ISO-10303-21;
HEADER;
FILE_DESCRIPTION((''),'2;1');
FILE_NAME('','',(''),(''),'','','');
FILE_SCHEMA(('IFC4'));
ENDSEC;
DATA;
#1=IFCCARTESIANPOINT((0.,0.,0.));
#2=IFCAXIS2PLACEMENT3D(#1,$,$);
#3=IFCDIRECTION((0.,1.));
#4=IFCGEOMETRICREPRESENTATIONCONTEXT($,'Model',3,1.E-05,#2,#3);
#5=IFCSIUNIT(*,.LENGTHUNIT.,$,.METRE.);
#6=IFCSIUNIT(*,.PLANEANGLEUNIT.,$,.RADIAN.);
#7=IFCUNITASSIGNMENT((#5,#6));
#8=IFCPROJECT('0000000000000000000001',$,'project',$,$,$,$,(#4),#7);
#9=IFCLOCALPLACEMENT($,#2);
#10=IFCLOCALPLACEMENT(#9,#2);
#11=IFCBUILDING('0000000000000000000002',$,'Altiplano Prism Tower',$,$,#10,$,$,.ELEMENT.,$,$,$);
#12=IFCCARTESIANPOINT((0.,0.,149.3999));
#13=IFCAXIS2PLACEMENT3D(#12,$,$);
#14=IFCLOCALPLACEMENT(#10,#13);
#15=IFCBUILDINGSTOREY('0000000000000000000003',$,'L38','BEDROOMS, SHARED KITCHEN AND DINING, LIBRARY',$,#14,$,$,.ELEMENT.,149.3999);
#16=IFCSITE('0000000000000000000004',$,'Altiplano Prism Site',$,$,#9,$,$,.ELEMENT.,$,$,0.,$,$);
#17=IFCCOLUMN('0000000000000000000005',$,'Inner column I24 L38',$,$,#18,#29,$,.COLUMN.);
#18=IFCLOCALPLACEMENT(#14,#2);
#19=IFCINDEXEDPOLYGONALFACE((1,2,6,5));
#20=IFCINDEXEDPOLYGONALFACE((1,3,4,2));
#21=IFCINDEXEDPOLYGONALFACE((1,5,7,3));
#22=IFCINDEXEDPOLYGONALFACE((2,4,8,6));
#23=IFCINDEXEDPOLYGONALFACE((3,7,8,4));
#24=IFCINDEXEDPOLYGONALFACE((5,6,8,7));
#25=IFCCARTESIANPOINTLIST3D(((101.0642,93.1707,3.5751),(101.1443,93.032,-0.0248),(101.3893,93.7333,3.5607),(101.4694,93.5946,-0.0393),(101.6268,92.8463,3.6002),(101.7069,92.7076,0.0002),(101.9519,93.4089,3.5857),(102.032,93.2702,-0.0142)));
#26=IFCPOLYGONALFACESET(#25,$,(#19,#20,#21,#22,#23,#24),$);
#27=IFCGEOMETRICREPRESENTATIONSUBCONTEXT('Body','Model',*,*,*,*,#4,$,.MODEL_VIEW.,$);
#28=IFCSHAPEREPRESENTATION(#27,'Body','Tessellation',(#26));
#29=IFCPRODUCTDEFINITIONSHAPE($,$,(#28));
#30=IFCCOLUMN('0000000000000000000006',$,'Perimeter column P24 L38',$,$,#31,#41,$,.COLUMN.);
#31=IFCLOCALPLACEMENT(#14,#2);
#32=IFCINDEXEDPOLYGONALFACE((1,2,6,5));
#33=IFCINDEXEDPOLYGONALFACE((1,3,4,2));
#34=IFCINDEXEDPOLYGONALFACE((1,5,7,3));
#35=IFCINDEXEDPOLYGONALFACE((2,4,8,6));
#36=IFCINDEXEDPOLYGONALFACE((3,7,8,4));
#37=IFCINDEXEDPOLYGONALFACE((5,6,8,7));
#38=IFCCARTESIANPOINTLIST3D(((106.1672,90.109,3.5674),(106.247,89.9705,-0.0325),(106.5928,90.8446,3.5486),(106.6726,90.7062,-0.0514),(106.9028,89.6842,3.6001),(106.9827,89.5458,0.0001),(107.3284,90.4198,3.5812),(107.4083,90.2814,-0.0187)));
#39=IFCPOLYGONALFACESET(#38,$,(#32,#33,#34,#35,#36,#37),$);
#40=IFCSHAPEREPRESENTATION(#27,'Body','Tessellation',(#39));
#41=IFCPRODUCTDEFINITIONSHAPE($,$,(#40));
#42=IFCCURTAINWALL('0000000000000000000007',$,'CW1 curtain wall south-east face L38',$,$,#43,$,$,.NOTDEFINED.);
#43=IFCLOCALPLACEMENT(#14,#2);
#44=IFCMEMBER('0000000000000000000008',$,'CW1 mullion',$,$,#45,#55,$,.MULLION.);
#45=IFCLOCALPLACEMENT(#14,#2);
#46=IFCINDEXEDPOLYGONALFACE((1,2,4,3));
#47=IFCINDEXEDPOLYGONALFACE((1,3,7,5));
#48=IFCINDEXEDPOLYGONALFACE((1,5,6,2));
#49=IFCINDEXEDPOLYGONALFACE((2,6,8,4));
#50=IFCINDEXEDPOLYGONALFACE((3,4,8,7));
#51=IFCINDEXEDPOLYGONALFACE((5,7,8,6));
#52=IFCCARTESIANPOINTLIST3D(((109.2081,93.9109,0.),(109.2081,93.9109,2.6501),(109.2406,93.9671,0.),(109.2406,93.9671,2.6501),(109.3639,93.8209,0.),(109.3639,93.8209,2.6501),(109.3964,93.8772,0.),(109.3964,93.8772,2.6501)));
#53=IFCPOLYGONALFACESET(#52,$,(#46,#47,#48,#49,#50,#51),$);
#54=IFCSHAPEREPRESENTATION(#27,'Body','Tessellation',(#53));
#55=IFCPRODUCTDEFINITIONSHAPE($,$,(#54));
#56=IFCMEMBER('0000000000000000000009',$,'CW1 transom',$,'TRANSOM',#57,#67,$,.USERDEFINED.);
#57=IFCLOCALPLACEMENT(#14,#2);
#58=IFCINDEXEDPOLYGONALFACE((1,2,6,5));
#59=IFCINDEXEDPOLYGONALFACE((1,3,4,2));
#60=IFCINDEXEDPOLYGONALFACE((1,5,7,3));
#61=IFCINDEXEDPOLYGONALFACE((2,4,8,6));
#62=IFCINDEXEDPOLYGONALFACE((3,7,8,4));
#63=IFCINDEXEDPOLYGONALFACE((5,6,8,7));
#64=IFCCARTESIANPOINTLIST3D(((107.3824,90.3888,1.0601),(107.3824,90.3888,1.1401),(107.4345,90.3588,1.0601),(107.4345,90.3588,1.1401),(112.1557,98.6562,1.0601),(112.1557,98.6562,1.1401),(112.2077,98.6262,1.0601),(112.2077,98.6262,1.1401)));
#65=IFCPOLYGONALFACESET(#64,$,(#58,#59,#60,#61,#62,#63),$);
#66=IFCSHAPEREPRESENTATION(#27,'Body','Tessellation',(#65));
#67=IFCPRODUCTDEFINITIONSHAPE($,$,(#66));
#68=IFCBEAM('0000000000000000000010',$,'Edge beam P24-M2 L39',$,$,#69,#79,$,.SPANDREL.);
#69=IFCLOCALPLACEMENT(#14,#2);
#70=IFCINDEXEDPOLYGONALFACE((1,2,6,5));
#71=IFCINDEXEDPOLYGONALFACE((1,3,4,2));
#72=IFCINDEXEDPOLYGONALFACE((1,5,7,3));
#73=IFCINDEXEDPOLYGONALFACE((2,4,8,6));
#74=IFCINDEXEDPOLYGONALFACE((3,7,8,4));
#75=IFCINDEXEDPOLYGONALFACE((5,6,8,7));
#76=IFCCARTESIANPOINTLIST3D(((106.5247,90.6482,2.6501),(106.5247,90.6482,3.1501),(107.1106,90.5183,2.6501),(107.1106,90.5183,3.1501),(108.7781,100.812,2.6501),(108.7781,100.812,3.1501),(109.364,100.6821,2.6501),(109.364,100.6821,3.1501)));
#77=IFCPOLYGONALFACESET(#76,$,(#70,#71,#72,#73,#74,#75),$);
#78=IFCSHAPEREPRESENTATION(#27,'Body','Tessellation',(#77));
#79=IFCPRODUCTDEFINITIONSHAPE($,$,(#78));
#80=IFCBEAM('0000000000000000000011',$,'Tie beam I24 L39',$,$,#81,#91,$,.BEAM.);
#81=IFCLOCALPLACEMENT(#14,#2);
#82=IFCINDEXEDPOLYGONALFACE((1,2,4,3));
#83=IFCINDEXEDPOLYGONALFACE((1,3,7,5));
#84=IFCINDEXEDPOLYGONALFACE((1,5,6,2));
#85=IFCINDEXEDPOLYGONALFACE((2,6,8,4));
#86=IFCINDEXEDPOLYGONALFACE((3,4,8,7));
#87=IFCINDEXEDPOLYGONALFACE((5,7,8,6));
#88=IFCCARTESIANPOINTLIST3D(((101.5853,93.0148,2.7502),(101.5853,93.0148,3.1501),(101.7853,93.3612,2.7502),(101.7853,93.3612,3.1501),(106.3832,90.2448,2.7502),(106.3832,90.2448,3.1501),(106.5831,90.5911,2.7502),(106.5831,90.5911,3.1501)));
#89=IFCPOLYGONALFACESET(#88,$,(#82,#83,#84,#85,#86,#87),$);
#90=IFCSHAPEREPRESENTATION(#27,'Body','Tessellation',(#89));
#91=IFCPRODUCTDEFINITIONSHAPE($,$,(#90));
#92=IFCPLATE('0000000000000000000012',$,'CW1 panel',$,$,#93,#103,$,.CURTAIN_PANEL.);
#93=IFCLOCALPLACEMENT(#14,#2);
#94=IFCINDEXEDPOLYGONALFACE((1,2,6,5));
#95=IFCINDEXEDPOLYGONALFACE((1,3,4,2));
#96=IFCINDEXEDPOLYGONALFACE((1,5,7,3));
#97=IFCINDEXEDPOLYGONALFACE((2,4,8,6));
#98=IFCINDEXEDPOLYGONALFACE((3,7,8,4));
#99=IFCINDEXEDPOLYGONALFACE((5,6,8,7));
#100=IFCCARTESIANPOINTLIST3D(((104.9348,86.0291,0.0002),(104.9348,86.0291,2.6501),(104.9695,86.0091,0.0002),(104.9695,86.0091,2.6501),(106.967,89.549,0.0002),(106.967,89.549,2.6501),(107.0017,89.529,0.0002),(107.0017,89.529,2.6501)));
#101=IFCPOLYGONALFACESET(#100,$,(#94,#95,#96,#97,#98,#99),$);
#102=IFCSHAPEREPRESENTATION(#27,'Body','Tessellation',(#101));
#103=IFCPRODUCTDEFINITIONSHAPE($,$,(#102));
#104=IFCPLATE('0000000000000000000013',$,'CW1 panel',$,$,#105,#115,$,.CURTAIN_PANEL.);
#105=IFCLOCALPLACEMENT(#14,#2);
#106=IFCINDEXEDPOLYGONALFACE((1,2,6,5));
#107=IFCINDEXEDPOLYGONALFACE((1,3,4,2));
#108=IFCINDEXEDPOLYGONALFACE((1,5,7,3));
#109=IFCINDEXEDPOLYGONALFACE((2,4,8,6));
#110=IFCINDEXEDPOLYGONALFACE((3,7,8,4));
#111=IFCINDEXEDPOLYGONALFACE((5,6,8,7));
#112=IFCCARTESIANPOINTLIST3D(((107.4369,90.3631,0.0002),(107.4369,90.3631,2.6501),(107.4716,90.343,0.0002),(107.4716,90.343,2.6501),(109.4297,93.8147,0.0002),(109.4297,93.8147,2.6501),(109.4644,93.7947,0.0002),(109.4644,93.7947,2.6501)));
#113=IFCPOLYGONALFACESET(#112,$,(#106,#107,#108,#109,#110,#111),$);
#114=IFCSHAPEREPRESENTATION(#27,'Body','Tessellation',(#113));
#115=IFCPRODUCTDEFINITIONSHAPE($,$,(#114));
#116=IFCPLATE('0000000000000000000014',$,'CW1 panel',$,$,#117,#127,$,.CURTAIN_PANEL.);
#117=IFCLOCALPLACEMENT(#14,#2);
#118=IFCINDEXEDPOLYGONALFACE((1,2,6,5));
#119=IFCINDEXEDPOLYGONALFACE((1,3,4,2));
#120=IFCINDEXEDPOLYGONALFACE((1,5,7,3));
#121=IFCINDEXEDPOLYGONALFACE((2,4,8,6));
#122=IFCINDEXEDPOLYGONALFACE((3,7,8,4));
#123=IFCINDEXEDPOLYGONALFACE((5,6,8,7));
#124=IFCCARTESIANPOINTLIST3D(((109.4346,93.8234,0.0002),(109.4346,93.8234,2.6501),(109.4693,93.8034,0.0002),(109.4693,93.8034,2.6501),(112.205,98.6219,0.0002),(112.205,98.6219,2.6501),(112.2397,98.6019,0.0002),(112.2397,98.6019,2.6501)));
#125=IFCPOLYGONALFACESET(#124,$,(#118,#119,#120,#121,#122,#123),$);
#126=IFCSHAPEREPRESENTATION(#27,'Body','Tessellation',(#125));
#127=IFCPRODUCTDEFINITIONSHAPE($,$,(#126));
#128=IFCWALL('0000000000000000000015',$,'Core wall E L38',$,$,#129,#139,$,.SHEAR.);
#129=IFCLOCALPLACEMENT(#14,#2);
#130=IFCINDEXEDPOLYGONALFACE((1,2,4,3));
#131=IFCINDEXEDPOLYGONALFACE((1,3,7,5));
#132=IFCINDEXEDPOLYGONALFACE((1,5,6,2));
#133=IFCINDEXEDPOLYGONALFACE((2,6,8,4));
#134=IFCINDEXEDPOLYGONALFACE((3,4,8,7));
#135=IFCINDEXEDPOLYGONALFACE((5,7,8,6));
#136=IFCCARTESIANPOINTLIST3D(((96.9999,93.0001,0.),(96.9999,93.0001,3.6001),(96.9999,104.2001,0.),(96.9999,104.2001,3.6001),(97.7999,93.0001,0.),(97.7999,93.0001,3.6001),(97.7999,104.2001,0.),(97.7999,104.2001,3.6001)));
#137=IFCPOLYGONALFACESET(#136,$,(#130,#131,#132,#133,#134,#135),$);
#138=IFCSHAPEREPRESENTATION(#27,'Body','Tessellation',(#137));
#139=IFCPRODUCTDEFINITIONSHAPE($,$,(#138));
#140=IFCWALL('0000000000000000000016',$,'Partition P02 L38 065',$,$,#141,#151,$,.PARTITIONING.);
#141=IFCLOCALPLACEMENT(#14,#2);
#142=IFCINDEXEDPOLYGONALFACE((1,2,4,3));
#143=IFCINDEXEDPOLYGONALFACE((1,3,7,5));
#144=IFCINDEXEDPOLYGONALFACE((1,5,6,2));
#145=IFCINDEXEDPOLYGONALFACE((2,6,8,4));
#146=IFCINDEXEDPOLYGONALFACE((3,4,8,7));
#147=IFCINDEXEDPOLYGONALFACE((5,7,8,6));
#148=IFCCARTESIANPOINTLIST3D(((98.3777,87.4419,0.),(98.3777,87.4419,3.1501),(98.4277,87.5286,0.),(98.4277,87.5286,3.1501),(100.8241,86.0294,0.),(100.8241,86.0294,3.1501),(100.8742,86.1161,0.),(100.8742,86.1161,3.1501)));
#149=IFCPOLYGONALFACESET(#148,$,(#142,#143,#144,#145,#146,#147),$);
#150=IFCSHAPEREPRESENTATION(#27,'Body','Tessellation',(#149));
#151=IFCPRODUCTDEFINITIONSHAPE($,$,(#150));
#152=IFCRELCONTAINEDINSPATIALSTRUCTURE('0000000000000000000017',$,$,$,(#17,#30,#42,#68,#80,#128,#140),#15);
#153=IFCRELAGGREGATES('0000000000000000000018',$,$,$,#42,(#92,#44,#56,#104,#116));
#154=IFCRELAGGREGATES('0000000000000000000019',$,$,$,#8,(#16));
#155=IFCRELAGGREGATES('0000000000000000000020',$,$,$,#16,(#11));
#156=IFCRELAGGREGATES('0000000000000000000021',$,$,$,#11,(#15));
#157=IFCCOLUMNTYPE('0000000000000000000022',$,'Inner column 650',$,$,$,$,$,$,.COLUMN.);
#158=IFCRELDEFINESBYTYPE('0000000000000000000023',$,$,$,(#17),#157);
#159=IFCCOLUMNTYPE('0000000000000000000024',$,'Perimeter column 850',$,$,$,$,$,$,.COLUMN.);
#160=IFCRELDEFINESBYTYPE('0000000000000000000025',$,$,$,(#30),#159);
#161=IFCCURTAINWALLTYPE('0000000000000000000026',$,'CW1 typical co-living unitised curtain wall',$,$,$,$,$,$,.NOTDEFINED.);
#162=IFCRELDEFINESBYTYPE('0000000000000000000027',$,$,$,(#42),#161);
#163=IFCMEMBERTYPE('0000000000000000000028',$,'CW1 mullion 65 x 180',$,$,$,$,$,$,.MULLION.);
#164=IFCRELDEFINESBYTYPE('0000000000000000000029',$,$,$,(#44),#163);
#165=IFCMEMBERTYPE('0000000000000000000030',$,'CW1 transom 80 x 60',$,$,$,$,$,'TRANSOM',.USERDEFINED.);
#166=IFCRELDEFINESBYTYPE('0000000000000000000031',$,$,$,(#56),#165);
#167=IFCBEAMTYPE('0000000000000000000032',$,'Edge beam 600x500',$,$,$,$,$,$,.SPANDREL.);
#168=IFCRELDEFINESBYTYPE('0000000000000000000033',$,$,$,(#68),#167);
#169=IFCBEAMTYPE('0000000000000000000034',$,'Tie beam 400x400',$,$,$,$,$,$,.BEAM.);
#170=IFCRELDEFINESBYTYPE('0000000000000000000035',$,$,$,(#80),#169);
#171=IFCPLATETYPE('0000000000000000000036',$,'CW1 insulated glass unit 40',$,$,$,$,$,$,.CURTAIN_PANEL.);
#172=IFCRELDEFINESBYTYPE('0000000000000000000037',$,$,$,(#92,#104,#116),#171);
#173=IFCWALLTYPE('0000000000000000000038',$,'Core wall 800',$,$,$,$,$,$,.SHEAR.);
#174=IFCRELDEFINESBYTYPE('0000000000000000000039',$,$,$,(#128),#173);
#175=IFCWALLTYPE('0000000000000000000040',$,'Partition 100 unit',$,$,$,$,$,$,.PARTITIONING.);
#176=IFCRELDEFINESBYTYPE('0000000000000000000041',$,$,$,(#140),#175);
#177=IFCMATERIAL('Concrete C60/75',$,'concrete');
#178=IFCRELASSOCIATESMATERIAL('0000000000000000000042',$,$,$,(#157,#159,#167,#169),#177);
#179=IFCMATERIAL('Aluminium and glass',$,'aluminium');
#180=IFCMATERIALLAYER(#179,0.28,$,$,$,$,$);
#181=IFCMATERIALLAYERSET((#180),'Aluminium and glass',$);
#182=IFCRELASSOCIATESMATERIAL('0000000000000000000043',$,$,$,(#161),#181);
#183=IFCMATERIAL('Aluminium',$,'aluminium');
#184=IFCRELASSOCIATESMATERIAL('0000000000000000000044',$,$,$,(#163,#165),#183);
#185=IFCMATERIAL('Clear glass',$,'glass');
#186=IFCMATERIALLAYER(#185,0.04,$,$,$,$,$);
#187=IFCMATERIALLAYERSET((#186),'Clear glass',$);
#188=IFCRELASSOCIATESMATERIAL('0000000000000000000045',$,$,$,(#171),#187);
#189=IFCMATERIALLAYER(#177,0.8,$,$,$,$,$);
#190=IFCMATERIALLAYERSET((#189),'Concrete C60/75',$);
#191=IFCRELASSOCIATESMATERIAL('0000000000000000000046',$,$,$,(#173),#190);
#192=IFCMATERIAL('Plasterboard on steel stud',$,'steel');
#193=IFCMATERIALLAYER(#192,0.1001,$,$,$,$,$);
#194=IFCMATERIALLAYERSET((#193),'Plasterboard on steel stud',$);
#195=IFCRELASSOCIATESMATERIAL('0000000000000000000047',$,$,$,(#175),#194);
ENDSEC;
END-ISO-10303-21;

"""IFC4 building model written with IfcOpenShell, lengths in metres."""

from ifc_helpers import new_model, si_unit, direction, frame, frame_2d, origin, origin_2d, place, context, subcontext, project, spatial, rectangle, extrude, material, layer, layer_set, material_profile, profile_set, type_object, element, aggregate, save


model = new_model("IFC4")

# Units and contexts
model_context = context("Model", 3, precision=1e-05, world=origin(), true_north=direction((0.0, 1.0)))
body_context = subcontext(model_context, "Body", "Model", "MODEL_VIEW")
ifc_project = project(units=[si_unit("LENGTHUNIT", "METRE"), si_unit("PLANEANGLEUNIT", "RADIAN")], contexts=[model_context])

# Site, building, storey
site_placement = place(None, origin())
site = spatial("IfcSite", under=ifc_project, at=site_placement, Name="Altiplano Prism Site", CompositionType="ELEMENT", RefElevation=0.0)
building_placement = place(site_placement, origin())
building = spatial("IfcBuilding", under=site, at=building_placement, Name="Altiplano Prism Tower", CompositionType="ELEMENT")
storey_placement = place(building_placement, frame((0.0, 0.0, 149.3999)))
storey = spatial("IfcBuildingStorey", under=building, at=storey_placement, Name="L38", Description="BEDROOMS, SHARED KITCHEN AND DINING, LIBRARY", CompositionType="ELEMENT", Elevation=149.3999)

# Columns
ifc_material_1 = material(Name="Concrete C60/75", Category="concrete")
ifc_material_profile_1 = material_profile(ifc_material_1, rectangle(XDim=0.6499, YDim=0.6499, at=origin_2d()), Name="Inner column 650")
ifc_profile_set_1 = profile_set([ifc_material_profile_1], Name="Concrete C60/75")
column_type_1 = type_object("IfcColumnType", Name="Inner column 650", PredefinedType="COLUMN", material=ifc_profile_set_1)
column_1_placement = place(storey_placement, frame((101.5881, 93.1511, -0.0195), z_axis=(-0.022223, 0.038483, 0.999012), x_axis=(-0.500175, -0.865639, 0.022219)))
element("IfcColumn", 1, at=column_1_placement, inside=storey, type_object=column_type_1, Name="Inner column I24 L38", PredefinedType="COLUMN", context=body_context, shape_type="SweptSolid", body=[
    extrude(rectangle(XDim=0.6499, YDim=0.6499, at=origin_2d()), origin(), (0.0, 0.0, 1.0), 3.6035),
])
ifc_material_profile_2 = material_profile(ifc_material_1, rectangle(XDim=0.8501, YDim=0.8501, at=origin_2d()), Name="Perimeter column 850")
ifc_profile_set_2 = profile_set([ifc_material_profile_2], Name="Concrete C60/75")
column_type_2 = type_object("IfcColumnType", Name="Perimeter column 850", PredefinedType="COLUMN", material=ifc_profile_set_2)
column_2_placement = place(storey_placement, frame((106.8276, 90.126, -0.0256), z_axis=(-0.022155, 0.038416, 0.999016), x_axis=(-0.500657, -0.865361, 0.022173)))
element("IfcColumn", 2, at=column_2_placement, inside=storey, type_object=column_type_2, Name="Perimeter column P24 L38", PredefinedType="COLUMN", context=body_context, shape_type="SweptSolid", body=[
    extrude(rectangle(XDim=0.8501, YDim=0.8501, at=origin_2d()), origin(), (0.0, 0.0, 1.0), 3.6035),
])

# Curtain wall, members
ifc_material_2 = material(Name="Aluminium and glass", Category="aluminium")
ifc_layer_1 = layer(ifc_material_2, 0.28)
ifc_layer_set_1 = layer_set([ifc_layer_1], Name="Aluminium and glass")
curtain_wall_type = type_object("IfcCurtainWallType", Name="CW1 typical co-living unitised curtain wall", PredefinedType="NOTDEFINED", material=ifc_layer_set_1)
curtain_wall_placement = place(storey_placement, origin())
curtain_wall = element("IfcCurtainWall", 3, at=curtain_wall_placement, inside=storey, type_object=curtain_wall_type, Name="CW1 curtain wall south-east face L38", PredefinedType="NOTDEFINED")
ifc_material_3 = material(Name="Aluminium", Category="aluminium")
ifc_material_profile_3 = material_profile(ifc_material_3, rectangle(XDim=0.1799, YDim=0.0649, at=origin_2d()), Name="CW1 mullion 65 x 180")
ifc_profile_set_3 = profile_set([ifc_material_profile_3], Name="Aluminium")
member_type_1 = type_object("IfcMemberType", Name="CW1 mullion 65 x 180", PredefinedType="MULLION", material=ifc_profile_set_3)
member_1_placement = place(storey_placement, frame((109.3022, 93.894, 0.0), z_axis=(0.0, 0.0, 1.0), x_axis=(-0.866025, 0.5, 0.0)))
member_1 = element("IfcMember", 4, at=member_1_placement, type_object=member_type_1, Name="CW1 mullion", PredefinedType="MULLION", context=body_context, shape_type="SweptSolid", body=[
    extrude(rectangle(XDim=0.1799, YDim=0.0649, at=origin_2d()), origin(), (0.0, 0.0, 1.0), 2.6501),
])
ifc_material_profile_4 = material_profile(ifc_material_3, rectangle(XDim=0.0601, YDim=0.0801, at=origin_2d()), Name="CW1 transom 80 x 60")
ifc_profile_set_4 = profile_set([ifc_material_profile_4], Name="Aluminium")
member_type_2 = type_object("IfcMemberType", Name="CW1 transom 80 x 60", ElementType="TRANSOM", PredefinedType="USERDEFINED", material=ifc_profile_set_4)
member_2_placement = place(storey_placement, frame((107.4084, 90.3738, 1.1001), z_axis=(0.500004, 0.866023, 0.0), x_axis=(-0.866023, 0.500004, 0.0)))
member_2 = element("IfcMember", 5, at=member_2_placement, type_object=member_type_2, Name="CW1 transom", ObjectType="TRANSOM", PredefinedType="USERDEFINED", context=body_context, shape_type="SweptSolid", body=[
    extrude(rectangle(XDim=0.0601, YDim=0.0801, at=origin_2d()), origin(), (0.0, 0.0, 1.0), 9.5464),
])

# Beams
ifc_material_profile_5 = material_profile(ifc_material_1, rectangle(XDim=0.6001, YDim=0.5, at=origin_2d()), Name="Edge beam 600x500")
ifc_profile_set_5 = profile_set([ifc_material_profile_5], Name="Concrete C60/75")
beam_type_1 = type_object("IfcBeamType", Name="Edge beam 600x500", PredefinedType="SPANDREL", material=ifc_profile_set_5)
beam_1_placement = place(storey_placement, frame((106.8176, 90.5833, 2.9001), z_axis=(0.216454, 0.976293, 0.0), x_axis=(-0.976293, 0.216454, 0.0)))
element("IfcBeam", 6, at=beam_1_placement, inside=storey, type_object=beam_type_1, Name="Edge beam P24-M2 L39", PredefinedType="SPANDREL", context=body_context, shape_type="SweptSolid", body=[
    extrude(rectangle(XDim=0.6001, YDim=0.5, at=origin_2d()), origin(), (0.0, 0.0, 1.0), 10.4106),
])
ifc_material_profile_6 = material_profile(ifc_material_1, rectangle(XDim=0.3999, YDim=0.3999, at=origin_2d()), Name="Tie beam 400x400")
ifc_profile_set_6 = profile_set([ifc_material_profile_6], Name="Concrete C60/75")
beam_type_2 = type_object("IfcBeamType", Name="Tie beam 400x400", PredefinedType="BEAM", material=ifc_profile_set_6)
beam_2_placement = place(storey_placement, frame((101.6853, 93.188, 2.9502), z_axis=(0.866027, -0.499997, 0.0), x_axis=(0.499997, 0.866027, 0.0)))
element("IfcBeam", 7, at=beam_2_placement, inside=storey, type_object=beam_type_2, Name="Tie beam I24 L39", PredefinedType="BEAM", context=body_context, shape_type="SweptSolid", body=[
    extrude(rectangle(XDim=0.3999, YDim=0.3999, at=origin_2d()), origin(), (0.0, 0.0, 1.0), 5.54),
])

# Plates
ifc_material_4 = material(Name="Clear glass", Category="glass")
ifc_layer_2 = layer(ifc_material_4, 0.04)
ifc_layer_set_2 = layer_set([ifc_layer_2], Name="Clear glass")
plate_type = type_object("IfcPlateType", Name="CW1 insulated glass unit 40", PredefinedType="CURTAIN_PANEL", material=ifc_layer_set_2)
plate_1_placement = place(storey_placement, frame((105.9683, 87.7791, 0.0002), z_axis=(0.0, 0.0, 1.0), x_axis=(0.5, 0.866025, 0.0)))
plate_1 = element("IfcPlate", 8, at=plate_1_placement, type_object=plate_type, Name="CW1 panel", PredefinedType="CURTAIN_PANEL", context=body_context, shape_type="SweptSolid", body=[
    extrude(rectangle(XDim=4.0645, YDim=0.04, at=origin_2d()), origin(), (0.0, 0.0, 1.0), 2.6499),
])
plate_2_placement = place(storey_placement, frame((108.4507, 92.0789, 0.0002), z_axis=(0.0, 0.0, 1.0), x_axis=(0.5, 0.866025, 0.0)))
plate_2 = element("IfcPlate", 9, at=plate_2_placement, type_object=plate_type, Name="CW1 panel", PredefinedType="CURTAIN_PANEL", context=body_context, shape_type="SweptSolid", body=[
    extrude(rectangle(XDim=3.9856, YDim=0.04, at=origin_2d()), origin(), (0.0, 0.0, 1.0), 2.6499),
])
plate_3_placement = place(storey_placement, frame((110.8372, 96.2126, 0.0002), z_axis=(0.0, 0.0, 1.0), x_axis=(0.5, 0.866025, 0.0)))
plate_3 = element("IfcPlate", 10, at=plate_3_placement, type_object=plate_type, Name="CW1 panel", PredefinedType="CURTAIN_PANEL", context=body_context, shape_type="SweptSolid", body=[
    extrude(rectangle(XDim=5.5408, YDim=0.04, at=origin_2d()), origin(), (0.0, 0.0, 1.0), 2.6499),
])
aggregate(curtain_wall, [plate_1, member_1, member_2, plate_2, plate_3])

# Walls
ifc_layer_3 = layer(ifc_material_1, 0.8)
ifc_layer_set_3 = layer_set([ifc_layer_3], Name="Concrete C60/75")
wall_type_1 = type_object("IfcWallType", Name="Core wall 800", PredefinedType="SHEAR", material=ifc_layer_set_3)
wall_1_placement = place(storey_placement, frame((97.3999, 93.0, 0.0), z_axis=(0.0, 0.0, 1.0), x_axis=(0.0, 1.0, 0.0)))
element("IfcWall", 11, at=wall_1_placement, inside=storey, type_object=wall_type_1, Name="Core wall E L38", PredefinedType="SHEAR", context=body_context, shape_type="SweptSolid", body=[
    extrude(rectangle(XDim=11.2, YDim=0.8, at=frame_2d((5.6001, 0.0))), origin(), (0.0, 0.0, 1.0), 3.6001),
])
ifc_material_5 = material(Name="Plasterboard on steel stud", Category="steel")
ifc_layer_4 = layer(ifc_material_5, 0.1001)
ifc_layer_set_4 = layer_set([ifc_layer_4], Name="Plasterboard on steel stud")
wall_type_2 = type_object("IfcWallType", Name="Partition 100 unit", PredefinedType="PARTITIONING", material=ifc_layer_set_4)
wall_2_placement = place(storey_placement, frame((98.4026, 87.4854, 0.0), z_axis=(0.0, 0.0, 1.0), x_axis=(0.866011, -0.500024, 0.0)))
element("IfcWall", 12, at=wall_2_placement, inside=storey, type_object=wall_type_2, Name="Partition P02 L38 065", PredefinedType="PARTITIONING", context=body_context, shape_type="SweptSolid", body=[
    extrude(rectangle(XDim=2.825, YDim=0.1001, at=frame_2d((1.4126, 0.0))), origin(), (0.0, 0.0, 1.0), 3.1501),
])

save(model, "model.ifc")
